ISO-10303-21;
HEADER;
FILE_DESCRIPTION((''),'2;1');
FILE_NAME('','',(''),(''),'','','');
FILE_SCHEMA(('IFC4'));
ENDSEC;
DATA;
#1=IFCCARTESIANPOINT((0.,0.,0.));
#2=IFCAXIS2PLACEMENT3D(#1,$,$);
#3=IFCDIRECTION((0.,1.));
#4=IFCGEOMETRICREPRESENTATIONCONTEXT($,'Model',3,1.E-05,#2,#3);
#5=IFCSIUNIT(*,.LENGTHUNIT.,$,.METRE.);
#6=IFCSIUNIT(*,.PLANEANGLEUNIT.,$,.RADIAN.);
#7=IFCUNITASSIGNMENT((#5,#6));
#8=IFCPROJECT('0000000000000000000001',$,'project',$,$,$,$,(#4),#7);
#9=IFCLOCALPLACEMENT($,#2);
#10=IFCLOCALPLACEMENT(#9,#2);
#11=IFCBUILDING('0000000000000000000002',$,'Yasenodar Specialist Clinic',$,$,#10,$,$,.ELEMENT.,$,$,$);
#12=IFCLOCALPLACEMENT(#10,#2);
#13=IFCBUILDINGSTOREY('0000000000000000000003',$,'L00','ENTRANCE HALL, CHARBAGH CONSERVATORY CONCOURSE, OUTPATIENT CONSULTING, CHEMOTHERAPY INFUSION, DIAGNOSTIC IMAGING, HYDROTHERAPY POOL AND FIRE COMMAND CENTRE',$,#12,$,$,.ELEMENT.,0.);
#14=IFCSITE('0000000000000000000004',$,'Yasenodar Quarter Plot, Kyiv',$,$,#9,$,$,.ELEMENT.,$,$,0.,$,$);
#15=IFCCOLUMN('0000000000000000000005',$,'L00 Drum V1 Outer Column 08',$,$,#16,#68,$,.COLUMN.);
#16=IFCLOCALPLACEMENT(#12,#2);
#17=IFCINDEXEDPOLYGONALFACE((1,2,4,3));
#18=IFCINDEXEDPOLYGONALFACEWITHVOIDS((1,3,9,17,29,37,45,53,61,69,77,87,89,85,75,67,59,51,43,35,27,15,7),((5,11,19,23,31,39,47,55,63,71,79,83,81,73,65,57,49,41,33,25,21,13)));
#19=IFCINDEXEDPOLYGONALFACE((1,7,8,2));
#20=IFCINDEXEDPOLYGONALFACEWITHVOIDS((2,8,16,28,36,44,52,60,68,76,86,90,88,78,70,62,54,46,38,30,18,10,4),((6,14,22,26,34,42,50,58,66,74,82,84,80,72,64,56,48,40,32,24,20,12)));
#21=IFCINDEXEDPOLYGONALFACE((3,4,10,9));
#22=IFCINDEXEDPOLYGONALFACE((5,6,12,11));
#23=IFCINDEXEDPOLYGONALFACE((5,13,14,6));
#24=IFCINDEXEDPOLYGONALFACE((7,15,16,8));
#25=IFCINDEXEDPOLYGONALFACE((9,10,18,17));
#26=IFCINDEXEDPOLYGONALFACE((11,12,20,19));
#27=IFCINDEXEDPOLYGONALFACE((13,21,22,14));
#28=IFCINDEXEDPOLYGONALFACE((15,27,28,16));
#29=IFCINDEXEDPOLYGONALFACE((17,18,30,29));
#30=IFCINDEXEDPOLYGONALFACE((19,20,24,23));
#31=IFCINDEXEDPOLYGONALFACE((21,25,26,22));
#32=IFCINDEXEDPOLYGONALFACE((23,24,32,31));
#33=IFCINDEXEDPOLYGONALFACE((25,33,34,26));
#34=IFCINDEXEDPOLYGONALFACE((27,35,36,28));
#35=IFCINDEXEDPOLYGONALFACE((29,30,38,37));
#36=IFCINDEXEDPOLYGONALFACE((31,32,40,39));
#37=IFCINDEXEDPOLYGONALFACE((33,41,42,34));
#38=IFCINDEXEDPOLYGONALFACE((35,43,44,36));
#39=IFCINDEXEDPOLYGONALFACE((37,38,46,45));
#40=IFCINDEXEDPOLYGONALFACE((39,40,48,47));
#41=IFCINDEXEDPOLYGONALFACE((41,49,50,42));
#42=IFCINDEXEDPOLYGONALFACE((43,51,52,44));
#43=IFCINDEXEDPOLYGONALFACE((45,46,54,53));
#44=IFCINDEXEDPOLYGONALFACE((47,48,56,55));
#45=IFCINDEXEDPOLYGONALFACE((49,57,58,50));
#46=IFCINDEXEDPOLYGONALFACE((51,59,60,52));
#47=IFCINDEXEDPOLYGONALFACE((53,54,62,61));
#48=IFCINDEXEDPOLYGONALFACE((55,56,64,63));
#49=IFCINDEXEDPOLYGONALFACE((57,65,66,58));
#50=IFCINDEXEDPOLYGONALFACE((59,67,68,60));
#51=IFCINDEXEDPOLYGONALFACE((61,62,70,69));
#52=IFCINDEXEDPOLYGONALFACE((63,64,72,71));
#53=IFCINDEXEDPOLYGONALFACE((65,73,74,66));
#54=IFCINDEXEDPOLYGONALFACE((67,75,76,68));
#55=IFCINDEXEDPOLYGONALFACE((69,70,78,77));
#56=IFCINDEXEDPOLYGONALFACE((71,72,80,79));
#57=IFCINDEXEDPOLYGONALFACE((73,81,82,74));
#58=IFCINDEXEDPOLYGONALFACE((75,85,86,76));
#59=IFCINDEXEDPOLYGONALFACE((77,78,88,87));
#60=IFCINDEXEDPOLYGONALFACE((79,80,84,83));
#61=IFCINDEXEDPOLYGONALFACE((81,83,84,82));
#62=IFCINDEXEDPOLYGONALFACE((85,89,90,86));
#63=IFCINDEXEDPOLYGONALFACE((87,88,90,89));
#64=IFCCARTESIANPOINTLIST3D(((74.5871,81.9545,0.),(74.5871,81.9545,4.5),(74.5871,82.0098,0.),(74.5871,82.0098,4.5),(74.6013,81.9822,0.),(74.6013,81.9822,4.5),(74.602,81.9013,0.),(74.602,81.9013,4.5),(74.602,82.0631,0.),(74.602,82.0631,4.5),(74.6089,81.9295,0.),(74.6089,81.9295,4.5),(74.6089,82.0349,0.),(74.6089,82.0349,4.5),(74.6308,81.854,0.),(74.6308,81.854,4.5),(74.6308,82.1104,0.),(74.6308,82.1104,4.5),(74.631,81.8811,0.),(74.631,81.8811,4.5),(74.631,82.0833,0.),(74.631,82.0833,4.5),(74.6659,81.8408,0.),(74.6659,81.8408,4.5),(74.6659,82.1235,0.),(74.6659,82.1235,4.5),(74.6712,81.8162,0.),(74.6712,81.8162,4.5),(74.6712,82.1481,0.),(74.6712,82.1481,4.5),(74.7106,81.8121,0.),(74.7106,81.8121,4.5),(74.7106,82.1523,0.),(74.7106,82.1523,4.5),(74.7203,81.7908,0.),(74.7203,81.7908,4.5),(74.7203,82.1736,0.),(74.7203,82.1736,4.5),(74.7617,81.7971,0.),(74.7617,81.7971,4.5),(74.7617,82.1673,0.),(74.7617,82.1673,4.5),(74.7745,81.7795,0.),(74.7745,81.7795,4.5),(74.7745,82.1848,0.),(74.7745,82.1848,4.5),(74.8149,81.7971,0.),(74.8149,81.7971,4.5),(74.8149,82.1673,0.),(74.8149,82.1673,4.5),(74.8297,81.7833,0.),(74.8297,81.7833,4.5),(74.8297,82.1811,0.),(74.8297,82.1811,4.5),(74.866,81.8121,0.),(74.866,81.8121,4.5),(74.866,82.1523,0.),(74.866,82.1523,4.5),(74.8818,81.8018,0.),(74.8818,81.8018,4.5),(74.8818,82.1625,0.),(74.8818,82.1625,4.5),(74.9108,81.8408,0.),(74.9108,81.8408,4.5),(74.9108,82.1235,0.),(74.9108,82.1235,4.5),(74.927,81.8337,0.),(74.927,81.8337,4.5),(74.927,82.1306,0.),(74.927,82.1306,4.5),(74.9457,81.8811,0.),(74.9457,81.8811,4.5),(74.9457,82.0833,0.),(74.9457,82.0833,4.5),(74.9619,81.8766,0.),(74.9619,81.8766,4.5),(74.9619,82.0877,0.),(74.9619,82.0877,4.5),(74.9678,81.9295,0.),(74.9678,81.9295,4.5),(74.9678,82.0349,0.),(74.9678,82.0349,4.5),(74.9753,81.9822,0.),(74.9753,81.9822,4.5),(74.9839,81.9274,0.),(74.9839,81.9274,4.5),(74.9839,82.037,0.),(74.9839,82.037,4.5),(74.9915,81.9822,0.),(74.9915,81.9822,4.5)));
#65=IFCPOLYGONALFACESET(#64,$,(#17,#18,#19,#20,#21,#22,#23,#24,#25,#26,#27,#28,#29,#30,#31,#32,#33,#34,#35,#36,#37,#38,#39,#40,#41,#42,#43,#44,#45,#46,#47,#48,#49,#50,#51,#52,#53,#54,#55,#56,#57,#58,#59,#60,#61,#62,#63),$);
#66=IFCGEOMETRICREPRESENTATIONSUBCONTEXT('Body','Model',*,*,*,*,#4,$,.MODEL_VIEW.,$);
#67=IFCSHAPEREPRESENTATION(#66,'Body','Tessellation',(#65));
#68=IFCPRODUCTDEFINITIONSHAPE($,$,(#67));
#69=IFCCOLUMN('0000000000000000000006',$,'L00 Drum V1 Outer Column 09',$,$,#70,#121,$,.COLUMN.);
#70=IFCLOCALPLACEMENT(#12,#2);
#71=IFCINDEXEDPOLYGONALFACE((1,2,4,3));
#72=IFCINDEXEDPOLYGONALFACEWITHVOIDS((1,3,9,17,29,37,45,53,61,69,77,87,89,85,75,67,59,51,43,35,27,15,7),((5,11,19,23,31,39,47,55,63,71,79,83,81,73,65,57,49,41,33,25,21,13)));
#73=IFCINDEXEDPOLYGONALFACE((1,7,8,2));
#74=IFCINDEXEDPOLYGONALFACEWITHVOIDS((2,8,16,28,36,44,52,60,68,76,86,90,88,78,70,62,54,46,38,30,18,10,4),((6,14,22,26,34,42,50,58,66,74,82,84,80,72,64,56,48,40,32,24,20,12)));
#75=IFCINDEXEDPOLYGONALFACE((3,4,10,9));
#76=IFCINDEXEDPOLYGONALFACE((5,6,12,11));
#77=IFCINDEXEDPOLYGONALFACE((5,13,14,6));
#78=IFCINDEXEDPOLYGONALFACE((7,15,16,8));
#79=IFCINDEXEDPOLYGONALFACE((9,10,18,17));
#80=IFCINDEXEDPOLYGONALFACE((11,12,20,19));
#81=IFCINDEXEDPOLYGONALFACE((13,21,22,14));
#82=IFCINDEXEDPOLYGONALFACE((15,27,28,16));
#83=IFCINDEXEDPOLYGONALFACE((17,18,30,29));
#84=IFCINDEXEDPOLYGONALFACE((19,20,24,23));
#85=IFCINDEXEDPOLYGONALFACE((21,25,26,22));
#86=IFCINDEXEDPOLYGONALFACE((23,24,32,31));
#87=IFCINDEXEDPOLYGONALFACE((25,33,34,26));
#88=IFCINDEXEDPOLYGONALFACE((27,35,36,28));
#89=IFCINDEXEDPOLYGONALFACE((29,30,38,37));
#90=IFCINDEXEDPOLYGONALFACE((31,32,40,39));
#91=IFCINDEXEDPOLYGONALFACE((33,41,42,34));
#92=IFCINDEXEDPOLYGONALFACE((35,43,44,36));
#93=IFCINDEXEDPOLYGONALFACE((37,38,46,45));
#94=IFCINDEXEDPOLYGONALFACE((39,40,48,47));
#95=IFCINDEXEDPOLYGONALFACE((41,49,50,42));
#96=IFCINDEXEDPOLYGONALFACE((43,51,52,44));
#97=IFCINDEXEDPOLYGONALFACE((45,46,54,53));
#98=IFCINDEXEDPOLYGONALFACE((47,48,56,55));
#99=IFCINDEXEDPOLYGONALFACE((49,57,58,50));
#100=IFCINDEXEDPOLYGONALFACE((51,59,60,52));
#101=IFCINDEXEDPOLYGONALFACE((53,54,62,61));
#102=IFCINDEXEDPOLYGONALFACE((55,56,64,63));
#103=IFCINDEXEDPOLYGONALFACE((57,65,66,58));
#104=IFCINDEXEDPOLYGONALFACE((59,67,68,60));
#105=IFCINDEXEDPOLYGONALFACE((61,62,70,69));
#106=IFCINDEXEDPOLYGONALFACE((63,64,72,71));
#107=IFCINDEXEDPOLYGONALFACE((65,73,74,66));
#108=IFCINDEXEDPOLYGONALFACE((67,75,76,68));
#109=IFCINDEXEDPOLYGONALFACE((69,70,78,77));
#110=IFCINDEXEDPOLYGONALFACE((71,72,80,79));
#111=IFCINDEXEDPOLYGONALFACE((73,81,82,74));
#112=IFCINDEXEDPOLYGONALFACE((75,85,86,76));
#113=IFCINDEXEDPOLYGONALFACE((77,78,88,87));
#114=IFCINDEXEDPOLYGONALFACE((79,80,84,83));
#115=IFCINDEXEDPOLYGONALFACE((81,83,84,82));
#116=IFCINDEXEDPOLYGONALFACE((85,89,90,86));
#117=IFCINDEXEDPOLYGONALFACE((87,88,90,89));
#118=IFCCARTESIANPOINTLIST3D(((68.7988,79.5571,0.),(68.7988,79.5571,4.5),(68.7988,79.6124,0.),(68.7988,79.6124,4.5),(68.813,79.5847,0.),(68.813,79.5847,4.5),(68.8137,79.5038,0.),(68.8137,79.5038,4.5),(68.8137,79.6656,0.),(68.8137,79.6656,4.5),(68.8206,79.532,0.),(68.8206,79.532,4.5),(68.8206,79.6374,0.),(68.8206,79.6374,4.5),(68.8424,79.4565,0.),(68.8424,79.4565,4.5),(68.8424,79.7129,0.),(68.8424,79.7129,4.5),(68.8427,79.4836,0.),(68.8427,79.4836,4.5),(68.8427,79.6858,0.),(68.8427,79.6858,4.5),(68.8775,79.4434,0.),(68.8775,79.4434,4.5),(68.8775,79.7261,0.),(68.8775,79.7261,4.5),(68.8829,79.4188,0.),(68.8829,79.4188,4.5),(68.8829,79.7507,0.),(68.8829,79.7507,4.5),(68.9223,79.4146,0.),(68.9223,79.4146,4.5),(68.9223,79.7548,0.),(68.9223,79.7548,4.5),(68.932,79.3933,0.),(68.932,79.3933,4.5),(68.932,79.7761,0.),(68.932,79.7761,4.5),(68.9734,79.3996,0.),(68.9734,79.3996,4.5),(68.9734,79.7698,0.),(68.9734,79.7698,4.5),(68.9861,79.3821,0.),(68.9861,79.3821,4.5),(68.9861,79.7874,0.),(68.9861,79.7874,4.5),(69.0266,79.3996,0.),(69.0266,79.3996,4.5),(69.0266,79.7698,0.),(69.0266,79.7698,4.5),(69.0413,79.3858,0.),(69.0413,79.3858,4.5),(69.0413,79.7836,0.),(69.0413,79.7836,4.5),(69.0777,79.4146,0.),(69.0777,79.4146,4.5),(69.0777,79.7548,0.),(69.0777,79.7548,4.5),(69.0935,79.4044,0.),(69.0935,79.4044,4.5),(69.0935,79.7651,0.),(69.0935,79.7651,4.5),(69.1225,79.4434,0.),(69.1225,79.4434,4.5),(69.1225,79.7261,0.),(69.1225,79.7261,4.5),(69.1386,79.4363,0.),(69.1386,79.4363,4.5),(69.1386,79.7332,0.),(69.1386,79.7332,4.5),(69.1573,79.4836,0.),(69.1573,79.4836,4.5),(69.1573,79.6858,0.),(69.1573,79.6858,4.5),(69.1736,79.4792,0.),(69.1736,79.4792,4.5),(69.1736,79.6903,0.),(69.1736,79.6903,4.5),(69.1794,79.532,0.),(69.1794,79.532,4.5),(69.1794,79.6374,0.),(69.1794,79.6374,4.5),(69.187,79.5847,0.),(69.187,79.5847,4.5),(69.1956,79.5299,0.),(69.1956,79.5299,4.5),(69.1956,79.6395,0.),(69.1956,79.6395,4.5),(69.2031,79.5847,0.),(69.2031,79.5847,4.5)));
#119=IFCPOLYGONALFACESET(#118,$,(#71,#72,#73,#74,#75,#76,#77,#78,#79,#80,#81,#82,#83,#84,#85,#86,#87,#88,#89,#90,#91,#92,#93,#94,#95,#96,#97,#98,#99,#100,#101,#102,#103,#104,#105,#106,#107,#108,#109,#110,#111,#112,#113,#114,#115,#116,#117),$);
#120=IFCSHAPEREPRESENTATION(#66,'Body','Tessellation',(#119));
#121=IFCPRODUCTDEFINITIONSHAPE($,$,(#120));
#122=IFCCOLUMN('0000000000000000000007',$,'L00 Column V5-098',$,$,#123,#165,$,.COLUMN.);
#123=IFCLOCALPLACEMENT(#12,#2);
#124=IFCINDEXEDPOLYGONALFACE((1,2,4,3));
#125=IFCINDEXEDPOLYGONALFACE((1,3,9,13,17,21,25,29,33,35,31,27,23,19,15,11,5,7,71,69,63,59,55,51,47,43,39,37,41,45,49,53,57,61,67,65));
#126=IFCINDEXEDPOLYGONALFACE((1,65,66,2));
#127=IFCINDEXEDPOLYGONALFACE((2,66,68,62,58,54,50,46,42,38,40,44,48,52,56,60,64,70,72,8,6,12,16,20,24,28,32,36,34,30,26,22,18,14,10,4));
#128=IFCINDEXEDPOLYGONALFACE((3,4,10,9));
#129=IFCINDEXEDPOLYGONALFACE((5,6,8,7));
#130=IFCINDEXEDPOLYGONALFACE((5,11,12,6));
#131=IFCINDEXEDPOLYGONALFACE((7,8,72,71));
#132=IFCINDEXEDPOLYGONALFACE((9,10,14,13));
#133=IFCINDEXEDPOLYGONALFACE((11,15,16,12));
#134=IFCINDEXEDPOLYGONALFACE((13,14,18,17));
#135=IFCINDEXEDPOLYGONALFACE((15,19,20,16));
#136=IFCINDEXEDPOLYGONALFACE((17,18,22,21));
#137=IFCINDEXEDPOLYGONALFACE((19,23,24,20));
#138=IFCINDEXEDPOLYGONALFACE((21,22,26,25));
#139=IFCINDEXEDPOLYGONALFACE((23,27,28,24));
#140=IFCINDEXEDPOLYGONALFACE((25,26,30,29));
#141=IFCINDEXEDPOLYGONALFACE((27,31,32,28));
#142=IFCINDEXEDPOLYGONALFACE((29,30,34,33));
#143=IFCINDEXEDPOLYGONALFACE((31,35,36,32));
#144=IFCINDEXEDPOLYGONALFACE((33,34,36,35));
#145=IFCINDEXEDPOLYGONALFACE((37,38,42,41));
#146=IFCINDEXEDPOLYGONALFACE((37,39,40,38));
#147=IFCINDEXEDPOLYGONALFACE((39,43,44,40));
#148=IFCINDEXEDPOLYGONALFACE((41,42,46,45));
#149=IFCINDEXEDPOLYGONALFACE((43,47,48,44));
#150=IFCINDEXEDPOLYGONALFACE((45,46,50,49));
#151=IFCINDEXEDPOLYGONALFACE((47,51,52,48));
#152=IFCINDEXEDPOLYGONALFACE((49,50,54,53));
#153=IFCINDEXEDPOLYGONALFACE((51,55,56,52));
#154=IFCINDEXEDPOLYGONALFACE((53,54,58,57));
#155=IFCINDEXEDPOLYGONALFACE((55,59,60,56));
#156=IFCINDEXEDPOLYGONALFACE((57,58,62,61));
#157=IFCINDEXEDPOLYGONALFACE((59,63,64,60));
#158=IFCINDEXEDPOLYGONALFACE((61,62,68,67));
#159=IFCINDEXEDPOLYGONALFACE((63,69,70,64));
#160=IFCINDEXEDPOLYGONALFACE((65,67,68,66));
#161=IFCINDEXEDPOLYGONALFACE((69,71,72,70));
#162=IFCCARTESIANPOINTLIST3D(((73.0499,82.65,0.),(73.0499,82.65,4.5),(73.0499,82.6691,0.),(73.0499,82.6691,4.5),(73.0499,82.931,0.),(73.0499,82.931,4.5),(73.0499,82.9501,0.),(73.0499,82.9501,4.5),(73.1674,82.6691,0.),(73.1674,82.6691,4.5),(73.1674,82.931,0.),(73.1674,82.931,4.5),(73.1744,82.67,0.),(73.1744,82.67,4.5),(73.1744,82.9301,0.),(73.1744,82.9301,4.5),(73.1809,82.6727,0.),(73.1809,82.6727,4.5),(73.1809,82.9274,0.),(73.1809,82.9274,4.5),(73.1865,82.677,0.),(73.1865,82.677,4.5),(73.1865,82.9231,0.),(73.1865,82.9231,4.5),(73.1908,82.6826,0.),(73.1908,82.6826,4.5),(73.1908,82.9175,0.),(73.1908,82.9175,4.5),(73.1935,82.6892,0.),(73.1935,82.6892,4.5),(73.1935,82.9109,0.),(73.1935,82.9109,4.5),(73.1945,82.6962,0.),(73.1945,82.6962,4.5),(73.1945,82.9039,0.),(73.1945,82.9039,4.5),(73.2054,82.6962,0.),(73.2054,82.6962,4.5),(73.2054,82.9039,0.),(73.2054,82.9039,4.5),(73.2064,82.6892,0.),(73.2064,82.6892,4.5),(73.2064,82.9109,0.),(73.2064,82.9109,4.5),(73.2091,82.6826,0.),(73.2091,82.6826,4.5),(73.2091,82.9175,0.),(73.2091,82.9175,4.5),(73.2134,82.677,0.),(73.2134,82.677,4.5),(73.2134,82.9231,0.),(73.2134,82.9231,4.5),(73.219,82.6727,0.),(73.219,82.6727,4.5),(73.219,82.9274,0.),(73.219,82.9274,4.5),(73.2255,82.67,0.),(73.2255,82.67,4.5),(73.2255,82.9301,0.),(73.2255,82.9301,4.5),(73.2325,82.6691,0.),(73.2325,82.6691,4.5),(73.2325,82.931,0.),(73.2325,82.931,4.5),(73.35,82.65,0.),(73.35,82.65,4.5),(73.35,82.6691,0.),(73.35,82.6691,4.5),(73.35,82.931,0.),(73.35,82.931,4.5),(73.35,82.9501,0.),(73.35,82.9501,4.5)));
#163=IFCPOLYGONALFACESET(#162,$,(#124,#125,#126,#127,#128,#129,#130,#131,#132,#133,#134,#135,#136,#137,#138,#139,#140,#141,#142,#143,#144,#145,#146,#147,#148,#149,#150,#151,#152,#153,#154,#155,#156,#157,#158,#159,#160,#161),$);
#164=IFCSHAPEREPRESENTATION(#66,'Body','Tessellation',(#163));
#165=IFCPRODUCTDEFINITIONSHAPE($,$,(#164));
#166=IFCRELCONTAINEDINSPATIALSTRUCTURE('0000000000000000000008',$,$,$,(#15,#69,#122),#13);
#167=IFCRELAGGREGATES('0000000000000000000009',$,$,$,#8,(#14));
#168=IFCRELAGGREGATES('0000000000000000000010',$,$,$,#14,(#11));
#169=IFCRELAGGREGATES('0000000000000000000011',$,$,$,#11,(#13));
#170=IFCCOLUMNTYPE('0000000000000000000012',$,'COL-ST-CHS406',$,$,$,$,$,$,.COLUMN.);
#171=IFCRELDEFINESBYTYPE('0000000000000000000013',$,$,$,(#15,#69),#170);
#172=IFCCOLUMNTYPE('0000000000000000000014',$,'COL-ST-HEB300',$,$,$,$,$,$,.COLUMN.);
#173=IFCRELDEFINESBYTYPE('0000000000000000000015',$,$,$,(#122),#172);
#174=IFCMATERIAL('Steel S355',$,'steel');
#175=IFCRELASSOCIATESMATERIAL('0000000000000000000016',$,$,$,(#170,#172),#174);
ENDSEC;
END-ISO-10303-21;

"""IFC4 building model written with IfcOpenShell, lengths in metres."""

from ifc_helpers import new_model, si_unit, direction, frame, origin, origin_2d, place, context, subcontext, project, spatial, hollow_circle, i_section, extrude, material, material_profile, profile_set, type_object, element, save


model = new_model("IFC4")

# Units and contexts
model_context = context("Model", 3, precision=1e-05, world=origin(), true_north=direction((0.0, 1.0)))
body_context = subcontext(model_context, "Body", "Model", "MODEL_VIEW")
ifc_project = project(units=[si_unit("LENGTHUNIT", "METRE"), si_unit("PLANEANGLEUNIT", "RADIAN")], contexts=[model_context])

# Site, building, storey
site_placement = place(None, origin())
site = spatial("IfcSite", under=ifc_project, at=site_placement, Name="Yasenodar Quarter Plot, Kyiv", CompositionType="ELEMENT", RefElevation=0.0)
building_placement = place(site_placement, origin())
building = spatial("IfcBuilding", under=site, at=building_placement, Name="Yasenodar Specialist Clinic", CompositionType="ELEMENT")
storey_placement = place(building_placement, origin())
storey = spatial("IfcBuildingStorey", under=building, at=storey_placement, Name="L00", Description="ENTRANCE HALL, CHARBAGH CONSERVATORY CONCOURSE, OUTPATIENT CONSULTING, CHEMOTHERAPY INFUSION, DIAGNOSTIC IMAGING, HYDROTHERAPY POOL AND FIRE COMMAND CENTRE", CompositionType="ELEMENT", Elevation=0.0)

# Columns
ifc_material_1 = material(Name="Steel S355", Category="steel")
ifc_material_profile_1 = material_profile(ifc_material_1, hollow_circle(Radius=0.2031, WallThickness=0.0161, at=origin_2d()), Name="CHS 406.4x16")
ifc_profile_set_1 = profile_set([ifc_material_profile_1], Name="Steel S355")
column_type_1 = type_object("IfcColumnType", Name="COL-ST-CHS406", PredefinedType="COLUMN", material=ifc_profile_set_1)
for number, where, z_axis, x_axis, name in (
    (1, (74.7883, 81.9822, 0.0), (0.0, 0.0, 1.0), (1.0, 0.0, 0.0), "L00 Drum V1 Outer Column 08"),
    (2, (69.0, 79.5847, 0.0), (0.0, 0.0, 1.0), (1.0, 0.0, 0.0), "L00 Drum V1 Outer Column 09"),
):
    element("IfcColumn", number, at=place(storey_placement, frame(where, z_axis=z_axis, x_axis=x_axis)), inside=storey, type_object=column_type_1, Name=name, PredefinedType="COLUMN", context=body_context, shape_type="SweptSolid", body=[
        extrude(hollow_circle(Radius=0.2031, WallThickness=0.0161, at=origin_2d()), origin(), (0.0, 0.0, 1.0), 4.5),
    ])
ifc_material_profile_2 = material_profile(ifc_material_1, i_section(OverallWidth=0.3, OverallDepth=0.3, WebThickness=0.011, FlangeThickness=0.019, FilletRadius=0.0271, at=origin_2d()), Name="HEB 300")
ifc_profile_set_2 = profile_set([ifc_material_profile_2], Name="Steel S355")
column_type_2 = type_object("IfcColumnType", Name="COL-ST-HEB300", PredefinedType="COLUMN", material=ifc_profile_set_2)
column_placement = place(storey_placement, frame((73.2, 82.8, 0.0), z_axis=(0.0, 0.0, 1.0), x_axis=(1.0, 0.0, 0.0)))
element("IfcColumn", 3, at=column_placement, inside=storey, type_object=column_type_2, Name="L00 Column V5-098", PredefinedType="COLUMN", context=body_context, shape_type="SweptSolid", body=[
    extrude(i_section(OverallWidth=0.3, OverallDepth=0.3, WebThickness=0.011, FlangeThickness=0.019, FilletRadius=0.0271, at=origin_2d()), origin(), (0.0, 0.0, 1.0), 4.5),
])

save(model, "model.ifc")
